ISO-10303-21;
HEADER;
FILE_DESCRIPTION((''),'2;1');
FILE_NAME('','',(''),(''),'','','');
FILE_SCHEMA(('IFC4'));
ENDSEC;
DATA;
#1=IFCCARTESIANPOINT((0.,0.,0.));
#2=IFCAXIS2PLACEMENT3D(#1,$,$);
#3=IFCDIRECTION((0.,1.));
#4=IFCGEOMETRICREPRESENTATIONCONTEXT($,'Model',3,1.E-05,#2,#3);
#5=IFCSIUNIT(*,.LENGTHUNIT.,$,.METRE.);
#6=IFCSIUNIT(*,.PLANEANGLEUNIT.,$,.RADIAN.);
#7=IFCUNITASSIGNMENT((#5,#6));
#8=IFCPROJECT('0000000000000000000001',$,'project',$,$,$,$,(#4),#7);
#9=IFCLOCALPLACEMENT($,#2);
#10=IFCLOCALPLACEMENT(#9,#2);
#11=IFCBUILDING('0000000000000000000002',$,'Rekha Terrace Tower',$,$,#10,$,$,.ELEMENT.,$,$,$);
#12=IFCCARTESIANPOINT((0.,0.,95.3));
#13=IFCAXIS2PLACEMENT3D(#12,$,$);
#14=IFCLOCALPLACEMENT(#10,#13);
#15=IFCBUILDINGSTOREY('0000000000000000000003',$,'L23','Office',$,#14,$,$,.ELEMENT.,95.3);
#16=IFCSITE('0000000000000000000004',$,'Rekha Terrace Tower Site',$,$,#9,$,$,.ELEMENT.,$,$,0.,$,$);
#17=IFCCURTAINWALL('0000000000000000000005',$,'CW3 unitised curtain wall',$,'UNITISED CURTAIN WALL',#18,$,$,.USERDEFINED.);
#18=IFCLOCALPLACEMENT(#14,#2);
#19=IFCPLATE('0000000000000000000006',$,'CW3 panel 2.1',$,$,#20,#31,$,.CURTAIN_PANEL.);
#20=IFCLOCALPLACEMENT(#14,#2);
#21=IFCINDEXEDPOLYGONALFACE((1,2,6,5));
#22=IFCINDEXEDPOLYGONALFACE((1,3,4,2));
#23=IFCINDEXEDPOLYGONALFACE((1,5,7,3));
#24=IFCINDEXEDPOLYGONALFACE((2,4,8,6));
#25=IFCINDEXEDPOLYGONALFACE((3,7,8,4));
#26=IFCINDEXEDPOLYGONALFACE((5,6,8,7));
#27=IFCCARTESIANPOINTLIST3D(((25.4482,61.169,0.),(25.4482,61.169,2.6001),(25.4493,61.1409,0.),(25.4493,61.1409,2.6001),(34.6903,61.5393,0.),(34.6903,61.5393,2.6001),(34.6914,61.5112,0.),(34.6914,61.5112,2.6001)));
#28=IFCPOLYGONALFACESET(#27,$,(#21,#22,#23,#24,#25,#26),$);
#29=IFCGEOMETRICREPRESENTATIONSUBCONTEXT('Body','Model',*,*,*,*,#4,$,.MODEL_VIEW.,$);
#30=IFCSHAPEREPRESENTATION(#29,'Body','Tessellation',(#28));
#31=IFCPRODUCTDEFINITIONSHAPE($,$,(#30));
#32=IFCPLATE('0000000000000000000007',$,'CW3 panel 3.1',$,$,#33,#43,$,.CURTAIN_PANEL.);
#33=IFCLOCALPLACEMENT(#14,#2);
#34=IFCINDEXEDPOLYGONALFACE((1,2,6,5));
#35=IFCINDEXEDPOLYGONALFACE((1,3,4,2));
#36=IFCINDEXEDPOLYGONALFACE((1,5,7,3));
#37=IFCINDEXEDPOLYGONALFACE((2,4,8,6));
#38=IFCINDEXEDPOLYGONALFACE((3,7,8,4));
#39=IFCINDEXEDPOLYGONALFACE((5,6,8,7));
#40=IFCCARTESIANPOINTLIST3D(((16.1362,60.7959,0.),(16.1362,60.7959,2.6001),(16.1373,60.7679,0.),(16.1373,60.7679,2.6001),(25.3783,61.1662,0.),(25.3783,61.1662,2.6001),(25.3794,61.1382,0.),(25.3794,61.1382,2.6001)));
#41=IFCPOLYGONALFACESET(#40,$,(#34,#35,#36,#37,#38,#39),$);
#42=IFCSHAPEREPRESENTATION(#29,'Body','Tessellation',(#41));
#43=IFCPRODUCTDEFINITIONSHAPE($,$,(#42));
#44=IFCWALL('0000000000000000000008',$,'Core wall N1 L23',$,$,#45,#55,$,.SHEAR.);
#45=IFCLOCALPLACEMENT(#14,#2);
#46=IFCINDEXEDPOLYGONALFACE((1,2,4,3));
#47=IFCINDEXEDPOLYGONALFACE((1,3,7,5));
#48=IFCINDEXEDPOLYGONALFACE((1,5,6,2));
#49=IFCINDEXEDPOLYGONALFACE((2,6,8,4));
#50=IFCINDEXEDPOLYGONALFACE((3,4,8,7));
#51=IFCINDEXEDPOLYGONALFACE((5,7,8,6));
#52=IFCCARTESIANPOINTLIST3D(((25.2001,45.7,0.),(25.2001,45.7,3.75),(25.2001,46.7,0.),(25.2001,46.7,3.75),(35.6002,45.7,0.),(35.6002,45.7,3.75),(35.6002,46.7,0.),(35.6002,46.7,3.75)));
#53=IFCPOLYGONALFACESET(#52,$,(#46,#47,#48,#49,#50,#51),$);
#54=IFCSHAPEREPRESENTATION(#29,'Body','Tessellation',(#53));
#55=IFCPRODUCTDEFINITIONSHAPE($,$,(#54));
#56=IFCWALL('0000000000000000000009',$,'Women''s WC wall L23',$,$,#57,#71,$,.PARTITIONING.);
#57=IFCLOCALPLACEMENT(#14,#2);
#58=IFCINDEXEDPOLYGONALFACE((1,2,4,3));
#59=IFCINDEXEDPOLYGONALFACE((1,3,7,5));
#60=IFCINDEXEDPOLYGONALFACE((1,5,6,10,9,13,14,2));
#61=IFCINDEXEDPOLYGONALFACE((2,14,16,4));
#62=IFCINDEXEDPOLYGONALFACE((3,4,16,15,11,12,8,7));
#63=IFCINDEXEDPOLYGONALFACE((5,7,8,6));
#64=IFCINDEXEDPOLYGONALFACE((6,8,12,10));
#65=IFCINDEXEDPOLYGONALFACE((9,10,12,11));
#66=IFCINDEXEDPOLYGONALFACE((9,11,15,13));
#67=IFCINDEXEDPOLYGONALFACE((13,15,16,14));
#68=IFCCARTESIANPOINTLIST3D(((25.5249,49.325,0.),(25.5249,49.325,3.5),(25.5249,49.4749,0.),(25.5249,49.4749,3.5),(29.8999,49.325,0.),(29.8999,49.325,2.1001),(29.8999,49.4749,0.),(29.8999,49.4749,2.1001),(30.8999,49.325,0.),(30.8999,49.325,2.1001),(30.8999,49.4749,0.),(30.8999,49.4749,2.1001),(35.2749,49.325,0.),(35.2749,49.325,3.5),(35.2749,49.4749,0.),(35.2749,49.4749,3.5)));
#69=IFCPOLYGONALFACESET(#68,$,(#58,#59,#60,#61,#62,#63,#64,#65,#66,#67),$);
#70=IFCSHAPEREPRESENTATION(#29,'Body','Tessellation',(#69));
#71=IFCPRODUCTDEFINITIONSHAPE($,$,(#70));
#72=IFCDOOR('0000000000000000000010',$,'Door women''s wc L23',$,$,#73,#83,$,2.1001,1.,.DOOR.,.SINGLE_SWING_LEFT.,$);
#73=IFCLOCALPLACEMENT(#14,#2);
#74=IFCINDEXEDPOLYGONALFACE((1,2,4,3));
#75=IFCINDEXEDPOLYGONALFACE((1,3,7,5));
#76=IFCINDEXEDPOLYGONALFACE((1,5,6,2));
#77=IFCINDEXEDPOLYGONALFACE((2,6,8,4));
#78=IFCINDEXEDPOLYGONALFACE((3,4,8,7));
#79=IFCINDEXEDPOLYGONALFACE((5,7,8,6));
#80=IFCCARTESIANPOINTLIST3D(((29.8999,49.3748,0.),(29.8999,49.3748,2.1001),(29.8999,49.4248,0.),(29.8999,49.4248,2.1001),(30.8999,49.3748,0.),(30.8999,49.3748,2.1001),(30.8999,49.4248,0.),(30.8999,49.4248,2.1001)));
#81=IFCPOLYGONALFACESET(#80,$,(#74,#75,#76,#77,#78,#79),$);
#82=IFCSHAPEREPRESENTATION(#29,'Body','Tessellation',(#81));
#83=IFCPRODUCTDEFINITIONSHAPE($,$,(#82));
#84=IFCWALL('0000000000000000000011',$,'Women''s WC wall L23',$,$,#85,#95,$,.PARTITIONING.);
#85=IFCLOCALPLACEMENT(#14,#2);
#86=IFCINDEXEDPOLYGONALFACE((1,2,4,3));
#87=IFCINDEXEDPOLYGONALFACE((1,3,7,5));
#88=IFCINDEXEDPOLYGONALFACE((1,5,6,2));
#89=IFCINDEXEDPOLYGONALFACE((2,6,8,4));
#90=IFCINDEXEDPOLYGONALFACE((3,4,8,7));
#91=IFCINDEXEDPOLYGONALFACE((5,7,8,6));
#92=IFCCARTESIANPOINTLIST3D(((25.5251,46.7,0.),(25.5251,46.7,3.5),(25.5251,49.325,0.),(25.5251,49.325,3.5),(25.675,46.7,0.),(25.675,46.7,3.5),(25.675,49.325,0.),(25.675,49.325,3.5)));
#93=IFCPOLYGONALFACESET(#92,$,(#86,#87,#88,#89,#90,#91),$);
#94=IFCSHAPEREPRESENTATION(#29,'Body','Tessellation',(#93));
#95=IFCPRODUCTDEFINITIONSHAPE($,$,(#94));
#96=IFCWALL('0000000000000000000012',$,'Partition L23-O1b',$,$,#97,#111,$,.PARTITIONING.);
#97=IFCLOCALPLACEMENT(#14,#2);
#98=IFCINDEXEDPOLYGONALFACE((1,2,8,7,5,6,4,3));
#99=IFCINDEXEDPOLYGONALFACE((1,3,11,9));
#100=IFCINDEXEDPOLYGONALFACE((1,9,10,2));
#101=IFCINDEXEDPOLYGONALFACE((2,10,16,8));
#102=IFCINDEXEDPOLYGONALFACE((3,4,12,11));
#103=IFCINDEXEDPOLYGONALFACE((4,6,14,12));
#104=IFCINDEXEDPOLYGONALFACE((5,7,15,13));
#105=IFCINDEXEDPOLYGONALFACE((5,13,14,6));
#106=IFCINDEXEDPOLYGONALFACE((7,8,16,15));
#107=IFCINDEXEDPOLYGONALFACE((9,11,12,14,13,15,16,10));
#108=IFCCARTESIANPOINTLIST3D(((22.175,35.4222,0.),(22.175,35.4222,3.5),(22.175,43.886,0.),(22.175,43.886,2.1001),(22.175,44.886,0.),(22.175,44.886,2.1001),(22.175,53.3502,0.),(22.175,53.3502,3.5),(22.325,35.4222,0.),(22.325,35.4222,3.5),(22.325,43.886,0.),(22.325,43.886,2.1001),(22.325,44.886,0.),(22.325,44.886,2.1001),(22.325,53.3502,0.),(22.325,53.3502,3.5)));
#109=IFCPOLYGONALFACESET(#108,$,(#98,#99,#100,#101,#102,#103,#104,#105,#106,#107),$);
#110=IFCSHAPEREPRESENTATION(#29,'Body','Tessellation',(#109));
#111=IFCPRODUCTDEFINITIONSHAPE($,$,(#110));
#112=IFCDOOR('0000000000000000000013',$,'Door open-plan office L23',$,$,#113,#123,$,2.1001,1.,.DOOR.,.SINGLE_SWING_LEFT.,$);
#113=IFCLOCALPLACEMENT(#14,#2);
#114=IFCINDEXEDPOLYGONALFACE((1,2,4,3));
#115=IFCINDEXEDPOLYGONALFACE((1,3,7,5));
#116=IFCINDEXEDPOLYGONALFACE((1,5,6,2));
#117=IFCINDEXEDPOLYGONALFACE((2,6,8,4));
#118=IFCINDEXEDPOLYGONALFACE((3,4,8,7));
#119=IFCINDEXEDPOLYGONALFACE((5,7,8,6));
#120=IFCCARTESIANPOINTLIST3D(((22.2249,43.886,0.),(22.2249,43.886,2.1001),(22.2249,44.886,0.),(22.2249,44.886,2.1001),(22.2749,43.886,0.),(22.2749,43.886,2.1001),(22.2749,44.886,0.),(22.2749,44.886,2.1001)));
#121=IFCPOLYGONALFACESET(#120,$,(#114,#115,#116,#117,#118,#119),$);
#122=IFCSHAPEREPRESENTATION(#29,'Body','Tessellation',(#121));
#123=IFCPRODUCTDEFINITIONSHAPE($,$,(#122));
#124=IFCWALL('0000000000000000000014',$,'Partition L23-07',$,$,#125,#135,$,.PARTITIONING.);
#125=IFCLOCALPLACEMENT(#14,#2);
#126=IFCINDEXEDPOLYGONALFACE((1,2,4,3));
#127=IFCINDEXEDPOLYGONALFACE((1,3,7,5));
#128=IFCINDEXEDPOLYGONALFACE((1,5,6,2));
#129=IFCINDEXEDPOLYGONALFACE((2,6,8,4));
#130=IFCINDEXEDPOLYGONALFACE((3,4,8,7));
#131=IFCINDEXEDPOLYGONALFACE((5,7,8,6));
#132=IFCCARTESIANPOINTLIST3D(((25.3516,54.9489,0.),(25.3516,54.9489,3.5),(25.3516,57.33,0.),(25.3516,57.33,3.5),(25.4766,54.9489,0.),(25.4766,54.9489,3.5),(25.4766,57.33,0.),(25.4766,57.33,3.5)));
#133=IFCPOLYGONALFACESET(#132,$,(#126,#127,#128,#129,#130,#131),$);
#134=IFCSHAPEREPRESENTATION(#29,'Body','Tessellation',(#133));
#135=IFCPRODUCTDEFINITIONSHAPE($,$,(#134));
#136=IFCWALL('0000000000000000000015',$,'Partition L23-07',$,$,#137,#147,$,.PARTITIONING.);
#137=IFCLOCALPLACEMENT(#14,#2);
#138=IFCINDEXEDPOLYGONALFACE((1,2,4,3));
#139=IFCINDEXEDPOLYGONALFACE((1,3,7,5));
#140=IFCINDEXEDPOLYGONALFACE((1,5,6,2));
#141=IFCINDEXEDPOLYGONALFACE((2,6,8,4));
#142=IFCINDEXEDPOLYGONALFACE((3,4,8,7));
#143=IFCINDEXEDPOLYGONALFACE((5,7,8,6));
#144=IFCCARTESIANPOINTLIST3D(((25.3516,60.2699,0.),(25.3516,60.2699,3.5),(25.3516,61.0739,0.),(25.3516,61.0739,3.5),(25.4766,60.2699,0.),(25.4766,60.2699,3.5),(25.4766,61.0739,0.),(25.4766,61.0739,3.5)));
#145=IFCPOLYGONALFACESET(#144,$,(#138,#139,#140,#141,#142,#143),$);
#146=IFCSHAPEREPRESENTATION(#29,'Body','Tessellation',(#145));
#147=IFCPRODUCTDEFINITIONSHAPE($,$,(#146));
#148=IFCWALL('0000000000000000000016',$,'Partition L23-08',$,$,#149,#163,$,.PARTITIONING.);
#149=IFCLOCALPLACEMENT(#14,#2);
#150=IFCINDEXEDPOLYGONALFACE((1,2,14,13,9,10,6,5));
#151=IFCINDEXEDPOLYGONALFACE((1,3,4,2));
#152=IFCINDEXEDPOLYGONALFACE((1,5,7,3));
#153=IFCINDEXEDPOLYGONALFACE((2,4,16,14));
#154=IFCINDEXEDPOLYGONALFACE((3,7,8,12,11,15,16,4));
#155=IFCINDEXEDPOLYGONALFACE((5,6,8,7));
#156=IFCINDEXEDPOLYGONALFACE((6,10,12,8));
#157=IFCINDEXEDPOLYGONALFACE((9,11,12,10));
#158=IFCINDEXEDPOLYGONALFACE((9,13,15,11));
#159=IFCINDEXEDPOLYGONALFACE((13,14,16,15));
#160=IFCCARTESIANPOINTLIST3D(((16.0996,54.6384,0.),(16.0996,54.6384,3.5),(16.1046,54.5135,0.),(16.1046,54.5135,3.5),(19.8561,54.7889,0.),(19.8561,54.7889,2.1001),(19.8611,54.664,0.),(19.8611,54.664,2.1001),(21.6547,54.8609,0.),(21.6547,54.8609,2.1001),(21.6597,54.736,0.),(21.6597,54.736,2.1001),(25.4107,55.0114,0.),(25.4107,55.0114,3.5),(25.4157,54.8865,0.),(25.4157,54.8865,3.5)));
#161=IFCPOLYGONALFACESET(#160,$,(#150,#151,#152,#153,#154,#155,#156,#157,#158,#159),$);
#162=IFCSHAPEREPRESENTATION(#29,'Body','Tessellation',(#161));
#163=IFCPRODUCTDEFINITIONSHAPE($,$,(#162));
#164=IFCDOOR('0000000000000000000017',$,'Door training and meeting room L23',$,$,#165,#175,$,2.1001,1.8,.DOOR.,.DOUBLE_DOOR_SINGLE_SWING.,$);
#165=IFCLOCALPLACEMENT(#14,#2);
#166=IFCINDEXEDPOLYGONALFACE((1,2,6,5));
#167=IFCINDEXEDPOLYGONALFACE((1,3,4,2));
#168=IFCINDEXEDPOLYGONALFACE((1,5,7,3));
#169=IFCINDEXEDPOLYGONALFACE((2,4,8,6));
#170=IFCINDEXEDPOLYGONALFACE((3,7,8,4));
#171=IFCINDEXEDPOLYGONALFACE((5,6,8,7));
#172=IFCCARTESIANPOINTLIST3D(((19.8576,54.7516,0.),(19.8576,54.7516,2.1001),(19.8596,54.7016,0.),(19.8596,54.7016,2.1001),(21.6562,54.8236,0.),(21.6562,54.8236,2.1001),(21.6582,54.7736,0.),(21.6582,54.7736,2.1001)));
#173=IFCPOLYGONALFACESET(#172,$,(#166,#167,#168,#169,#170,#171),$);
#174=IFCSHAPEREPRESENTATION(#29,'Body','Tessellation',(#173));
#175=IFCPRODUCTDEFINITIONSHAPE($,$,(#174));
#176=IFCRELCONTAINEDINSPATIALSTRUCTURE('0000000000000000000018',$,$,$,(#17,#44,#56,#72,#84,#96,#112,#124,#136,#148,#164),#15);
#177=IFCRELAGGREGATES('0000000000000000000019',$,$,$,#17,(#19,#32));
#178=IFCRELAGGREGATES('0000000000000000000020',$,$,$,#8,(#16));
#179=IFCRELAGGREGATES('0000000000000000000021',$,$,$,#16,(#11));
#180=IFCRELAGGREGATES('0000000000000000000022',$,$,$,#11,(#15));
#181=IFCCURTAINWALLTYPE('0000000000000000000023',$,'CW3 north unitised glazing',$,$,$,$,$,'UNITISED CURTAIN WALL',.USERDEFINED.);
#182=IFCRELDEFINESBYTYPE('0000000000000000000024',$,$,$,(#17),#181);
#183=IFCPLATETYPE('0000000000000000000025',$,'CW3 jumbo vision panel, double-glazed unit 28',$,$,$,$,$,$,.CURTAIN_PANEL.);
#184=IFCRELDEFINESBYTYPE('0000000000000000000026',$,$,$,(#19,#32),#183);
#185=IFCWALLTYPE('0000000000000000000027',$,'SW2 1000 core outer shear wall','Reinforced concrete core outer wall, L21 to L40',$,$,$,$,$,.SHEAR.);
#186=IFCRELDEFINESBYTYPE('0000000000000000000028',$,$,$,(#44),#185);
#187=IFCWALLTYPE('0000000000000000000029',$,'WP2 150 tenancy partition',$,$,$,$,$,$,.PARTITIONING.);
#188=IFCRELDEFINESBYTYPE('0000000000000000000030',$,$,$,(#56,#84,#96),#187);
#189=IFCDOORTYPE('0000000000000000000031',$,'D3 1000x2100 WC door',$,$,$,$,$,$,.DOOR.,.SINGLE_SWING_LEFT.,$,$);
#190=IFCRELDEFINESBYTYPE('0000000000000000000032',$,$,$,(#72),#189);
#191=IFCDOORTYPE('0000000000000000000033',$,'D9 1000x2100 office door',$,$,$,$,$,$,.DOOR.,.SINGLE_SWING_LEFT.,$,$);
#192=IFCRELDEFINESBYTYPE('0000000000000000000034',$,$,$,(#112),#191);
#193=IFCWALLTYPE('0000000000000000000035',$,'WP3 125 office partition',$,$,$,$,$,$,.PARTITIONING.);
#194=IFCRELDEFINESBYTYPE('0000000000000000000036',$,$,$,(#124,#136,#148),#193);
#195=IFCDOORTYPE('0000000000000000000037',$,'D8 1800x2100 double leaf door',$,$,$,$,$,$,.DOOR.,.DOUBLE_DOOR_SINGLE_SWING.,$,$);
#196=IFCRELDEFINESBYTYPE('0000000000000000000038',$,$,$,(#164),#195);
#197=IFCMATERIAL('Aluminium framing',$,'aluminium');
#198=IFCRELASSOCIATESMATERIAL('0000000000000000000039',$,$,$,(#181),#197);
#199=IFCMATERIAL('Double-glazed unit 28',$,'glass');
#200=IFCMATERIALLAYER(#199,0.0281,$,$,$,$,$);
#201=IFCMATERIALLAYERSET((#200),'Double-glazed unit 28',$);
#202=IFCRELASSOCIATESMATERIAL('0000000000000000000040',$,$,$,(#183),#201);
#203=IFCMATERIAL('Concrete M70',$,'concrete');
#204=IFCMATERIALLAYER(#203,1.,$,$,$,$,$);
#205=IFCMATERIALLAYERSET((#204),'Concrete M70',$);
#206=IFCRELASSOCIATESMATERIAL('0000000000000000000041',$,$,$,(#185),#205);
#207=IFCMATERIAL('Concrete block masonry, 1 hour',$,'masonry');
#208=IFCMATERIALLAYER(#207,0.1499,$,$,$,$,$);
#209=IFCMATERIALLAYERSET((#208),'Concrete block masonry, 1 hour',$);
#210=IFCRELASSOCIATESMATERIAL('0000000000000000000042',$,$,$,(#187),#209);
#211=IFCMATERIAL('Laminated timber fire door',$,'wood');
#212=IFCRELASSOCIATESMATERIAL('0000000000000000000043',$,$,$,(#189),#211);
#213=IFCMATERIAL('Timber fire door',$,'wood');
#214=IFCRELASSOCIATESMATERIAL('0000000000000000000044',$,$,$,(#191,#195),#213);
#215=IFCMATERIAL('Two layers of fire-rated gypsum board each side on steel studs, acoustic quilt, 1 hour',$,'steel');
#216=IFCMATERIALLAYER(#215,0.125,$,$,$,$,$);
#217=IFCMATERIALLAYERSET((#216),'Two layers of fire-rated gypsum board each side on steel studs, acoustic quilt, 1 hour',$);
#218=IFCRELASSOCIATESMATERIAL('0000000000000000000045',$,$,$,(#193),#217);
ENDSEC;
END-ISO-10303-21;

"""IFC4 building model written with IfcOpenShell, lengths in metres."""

from ifc_helpers import new_model, si_unit, direction, frame, frame_2d, origin, origin_2d, place, context, subcontext, project, spatial, rectangle, extrude, material, layer, layer_set, type_object, element, fill, aggregate, save


model = new_model("IFC4")

# Units and contexts
model_context = context("Model", 3, precision=1e-05, world=origin(), true_north=direction((0.0, 1.0)))
body_context = subcontext(model_context, "Body", "Model", "MODEL_VIEW")
ifc_project = project(units=[si_unit("LENGTHUNIT", "METRE"), si_unit("PLANEANGLEUNIT", "RADIAN")], contexts=[model_context])

# Site, building, storey
site_placement = place(None, origin())
site = spatial("IfcSite", under=ifc_project, at=site_placement, Name="Rekha Terrace Tower Site", CompositionType="ELEMENT", RefElevation=0.0)
building_placement = place(site_placement, origin())
building = spatial("IfcBuilding", under=site, at=building_placement, Name="Rekha Terrace Tower", CompositionType="ELEMENT")
storey_placement = place(building_placement, frame((0.0, 0.0, 95.3)))
storey = spatial("IfcBuildingStorey", under=building, at=storey_placement, Name="L23", Description="Office", CompositionType="ELEMENT", Elevation=95.3)

# Shared definitions
ifc_material_1 = material(Name="Concrete M70", Category="concrete")

# Curtain wall
ifc_material_2 = material(Name="Aluminium framing", Category="aluminium")
curtain_wall_type = type_object("IfcCurtainWallType", Name="CW3 north unitised glazing", ElementType="UNITISED CURTAIN WALL", PredefinedType="USERDEFINED", material=ifc_material_2)
curtain_wall_placement = place(storey_placement, origin())
curtain_wall = element("IfcCurtainWall", 1, at=curtain_wall_placement, inside=storey, type_object=curtain_wall_type, Name="CW3 unitised curtain wall", ObjectType="UNITISED CURTAIN WALL", PredefinedType="USERDEFINED")

# Plates
ifc_material_3 = material(Name="Double-glazed unit 28", Category="glass")
ifc_layer_1 = layer(ifc_material_3, 0.0281)
ifc_layer_set_1 = layer_set([ifc_layer_1], Name="Double-glazed unit 28")
plate_type_1 = type_object("IfcPlateType", Name="CW3 jumbo vision panel, double-glazed unit 28", PredefinedType="CURTAIN_PANEL", material=ifc_layer_set_1)
plate_1_placement = place(storey_placement, frame((30.0698, 61.3401, 0.0), z_axis=(0.0, 0.0, 1.0), x_axis=(-0.999198, -0.040032, 0.0)))
plate_1 = element("IfcPlate", 2, at=plate_1_placement, type_object=plate_type_1, Name="CW3 panel 2.1", PredefinedType="CURTAIN_PANEL", context=body_context, shape_type="SweptSolid", body=[
    extrude(rectangle(XDim=9.2495, YDim=0.0281, at=origin_2d()), origin(), (0.0, 0.0, 1.0), 2.6001),
])
plate_2_placement = place(storey_placement, frame((20.7578, 60.967, 0.0), z_axis=(0.0, 0.0, 1.0), x_axis=(-0.999198, -0.040032, 0.0)))
plate_2 = element("IfcPlate", 3, at=plate_2_placement, type_object=plate_type_1, Name="CW3 panel 3.1", PredefinedType="CURTAIN_PANEL", context=body_context, shape_type="SweptSolid", body=[
    extrude(rectangle(XDim=9.2495, YDim=0.0281, at=origin_2d()), origin(), (0.0, 0.0, 1.0), 2.6001),
])
aggregate(curtain_wall, [plate_1, plate_2])

# Wall
ifc_layer_2 = layer(ifc_material_1, 1.0)
ifc_layer_set_2 = layer_set([ifc_layer_2], Name="Concrete M70")
wall_type_1 = type_object("IfcWallType", Name="SW2 1000 core outer shear wall", Description="Reinforced concrete core outer wall, L21 to L40", PredefinedType="SHEAR", material=ifc_layer_set_2)
wall_1_placement = place(storey_placement, frame((25.2, 46.2, 0.0), z_axis=(0.0, 0.0, 1.0), x_axis=(1.0, 0.0, 0.0)))
element("IfcWall", 4, at=wall_1_placement, inside=storey, type_object=wall_type_1, Name="Core wall N1 L23", PredefinedType="SHEAR", context=body_context, shape_type="SweptSolid", body=[
    extrude(rectangle(XDim=10.4001, YDim=1.0, at=frame_2d((5.2002, 0.0))), origin(), (0.0, 0.0, 1.0), 3.75),
])

# Wall, opening, door
ifc_material_4 = material(Name="Concrete block masonry, 1 hour", Category="masonry")
ifc_layer_3 = layer(ifc_material_4, 0.1499)
ifc_layer_set_3 = layer_set([ifc_layer_3], Name="Concrete block masonry, 1 hour")
wall_type_2 = type_object("IfcWallType", Name="WP2 150 tenancy partition", PredefinedType="PARTITIONING", material=ifc_layer_set_3)
wall_2_placement = place(storey_placement, frame((25.5249, 49.3999, 0.0), z_axis=(0.0, 0.0, 1.0), x_axis=(1.0, 0.0, 0.0)))
wall_2 = element("IfcWall", 5, at=wall_2_placement, inside=storey, type_object=wall_type_2, Name="Women's WC wall L23", PredefinedType="PARTITIONING", context=body_context, shape_type="SweptSolid", body=[
    extrude(rectangle(XDim=9.75, YDim=0.1499, at=frame_2d((4.875, 0.0))), origin(), (0.0, 0.0, 1.0), 3.5),
])
opening_1_placement = place(wall_2_placement, frame((4.375, 0.0, 0.0)))
opening_1 = element("IfcOpeningElement", 6, at=opening_1_placement, cuts=wall_2, PredefinedType="OPENING", context=body_context, shape_type="SweptSolid", body=[
    extrude(rectangle(XDim=1.0, YDim=2.1001, at=frame_2d((0.5, 1.05))), frame((0.0, 0.085, 0.0), z_axis=(0.0, -1.0, 0.0), x_axis=(1.0, 0.0, 0.0)), (0.0, 0.0, 1.0), 0.1699),
])
ifc_material_5 = material(Name="Laminated timber fire door", Category="wood")
door_type_1 = type_object("IfcDoorType", Name="D3 1000x2100 WC door", OperationType="SINGLE_SWING_LEFT", PredefinedType="DOOR", material=ifc_material_5)
door_1_placement = place(opening_1_placement, origin())
door_1 = element("IfcDoor", 7, at=door_1_placement, inside=storey, type_object=door_type_1, Name="Door women's wc L23", OperationType="SINGLE_SWING_LEFT", OverallHeight=2.1001, OverallWidth=1.0, PredefinedType="DOOR", context=body_context, shape_type="SweptSolid", body=[
    extrude(rectangle(XDim=1.0, YDim=2.1001, at=frame_2d((0.5, 1.05))), frame((0.0, 0.0249, 0.0), z_axis=(0.0, -1.0, 0.0), x_axis=(1.0, 0.0, 0.0)), (0.0, 0.0, 1.0), 0.05),
])
fill(opening_1, door_1)

# Wall
wall_3_placement = place(storey_placement, frame((25.6001, 46.7, 0.0), z_axis=(0.0, 0.0, 1.0), x_axis=(0.0, 1.0, 0.0)))
element("IfcWall", 8, at=wall_3_placement, inside=storey, type_object=wall_type_2, Name="Women's WC wall L23", PredefinedType="PARTITIONING", context=body_context, shape_type="SweptSolid", body=[
    extrude(rectangle(XDim=2.625, YDim=0.1499, at=frame_2d((1.3125, 0.0))), origin(), (0.0, 0.0, 1.0), 3.5),
])

# Wall, opening, door
wall_4_placement = place(storey_placement, frame((22.25, 53.3501, 0.0), z_axis=(0.0, 0.0, 1.0), x_axis=(0.0, -1.0, 0.0)))
wall_4 = element("IfcWall", 9, at=wall_4_placement, inside=storey, type_object=wall_type_2, Name="Partition L23-O1b", PredefinedType="PARTITIONING", context=body_context, shape_type="SweptSolid", body=[
    extrude(rectangle(XDim=17.928, YDim=0.1499, at=frame_2d((8.9639, 0.0))), origin(), (0.0, 0.0, 1.0), 3.5),
])
opening_2_placement = place(wall_4_placement, frame((8.4641, 0.0, 0.0)))
opening_2 = element("IfcOpeningElement", 10, at=opening_2_placement, cuts=wall_4, PredefinedType="OPENING", context=body_context, shape_type="SweptSolid", body=[
    extrude(rectangle(XDim=1.0, YDim=2.1001, at=frame_2d((0.5, 1.05))), frame((0.0, 0.085, 0.0), z_axis=(0.0, -1.0, 0.0), x_axis=(1.0, 0.0, 0.0)), (0.0, 0.0, 1.0), 0.1699),
])
ifc_material_6 = material(Name="Timber fire door", Category="wood")
door_type_2 = type_object("IfcDoorType", Name="D9 1000x2100 office door", OperationType="SINGLE_SWING_LEFT", PredefinedType="DOOR", material=ifc_material_6)
door_2_placement = place(opening_2_placement, origin())
door_2 = element("IfcDoor", 11, at=door_2_placement, inside=storey, type_object=door_type_2, Name="Door open-plan office L23", OperationType="SINGLE_SWING_LEFT", OverallHeight=2.1001, OverallWidth=1.0, PredefinedType="DOOR", context=body_context, shape_type="SweptSolid", body=[
    extrude(rectangle(XDim=1.0, YDim=2.1001, at=frame_2d((0.5, 1.05))), frame((0.0, 0.0249, 0.0), z_axis=(0.0, -1.0, 0.0), x_axis=(1.0, 0.0, 0.0)), (0.0, 0.0, 1.0), 0.05),
])
fill(opening_2, door_2)

# Walls
ifc_material_7 = material(Name="Two layers of fire-rated gypsum board each side on steel studs, acoustic quilt, 1 hour", Category="steel")
ifc_layer_4 = layer(ifc_material_7, 0.125)
ifc_layer_set_4 = layer_set([ifc_layer_4], Name="Two layers of fire-rated gypsum board each side on steel studs, acoustic quilt, 1 hour")
wall_type_3 = type_object("IfcWallType", Name="WP3 125 office partition", PredefinedType="PARTITIONING", material=ifc_layer_set_4)
wall_5_placement = place(storey_placement, frame((25.4141, 54.949, 0.0), z_axis=(0.0, 0.0, 1.0), x_axis=(0.0, 1.0, 0.0)))
element("IfcWall", 12, at=wall_5_placement, inside=storey, type_object=wall_type_3, Name="Partition L23-07", PredefinedType="PARTITIONING", context=body_context, shape_type="SweptSolid", body=[
    extrude(rectangle(XDim=2.3811, YDim=0.125, at=frame_2d((1.1904, 0.0))), origin(), (0.0, 0.0, 1.0), 3.5),
])
wall_6_placement = place(storey_placement, frame((25.4141, 60.27, 0.0), z_axis=(0.0, 0.0, 1.0), x_axis=(0.0, 1.0, 0.0)))
element("IfcWall", 13, at=wall_6_placement, inside=storey, type_object=wall_type_3, Name="Partition L23-07", PredefinedType="PARTITIONING", context=body_context, shape_type="SweptSolid", body=[
    extrude(rectangle(XDim=0.804, YDim=0.125, at=frame_2d((0.4019, 0.0))), origin(), (0.0, 0.0, 1.0), 3.5),
])

# Wall, opening, door
wall_7_placement = place(storey_placement, frame((25.4131, 54.949, 0.0), z_axis=(0.0, 0.0, 1.0), x_axis=(-0.999198, -0.040033, 0.0)))
wall_7 = element("IfcWall", 14, at=wall_7_placement, inside=storey, type_object=wall_type_3, Name="Partition L23-08", PredefinedType="PARTITIONING", context=body_context, shape_type="SweptSolid", body=[
    extrude(rectangle(XDim=9.3186, YDim=0.125, at=frame_2d((4.6592, 0.0))), origin(), (0.0, 0.0, 1.0), 3.5),
])
opening_3_placement = place(wall_7_placement, frame((3.759, 0.0, 0.0)))
opening_3 = element("IfcOpeningElement", 15, at=opening_3_placement, cuts=wall_7, PredefinedType="OPENING", context=body_context, shape_type="SweptSolid", body=[
    extrude(rectangle(XDim=1.8, YDim=2.1001, at=frame_2d((0.8999, 1.05))), frame((0.0, 0.0725, 0.0), z_axis=(0.0, -1.0, 0.0), x_axis=(1.0, 0.0, 0.0)), (0.0, 0.0, 1.0), 0.145),
])
door_type_3 = type_object("IfcDoorType", Name="D8 1800x2100 double leaf door", OperationType="DOUBLE_DOOR_SINGLE_SWING", PredefinedType="DOOR", material=ifc_material_6)
door_3_placement = place(opening_3_placement, origin())
door_3 = element("IfcDoor", 16, at=door_3_placement, inside=storey, type_object=door_type_3, Name="Door training and meeting room L23", OperationType="DOUBLE_DOOR_SINGLE_SWING", OverallHeight=2.1001, OverallWidth=1.8, PredefinedType="DOOR", context=body_context, shape_type="SweptSolid", body=[
    extrude(rectangle(XDim=1.8, YDim=2.1001, at=frame_2d((0.8999, 1.05))), frame((0.0, 0.0249, 0.0), z_axis=(0.0, -1.0, 0.0), x_axis=(1.0, 0.0, 0.0)), (0.0, 0.0, 1.0), 0.05),
])
fill(opening_3, door_3)

save(model, "model.ifc")
